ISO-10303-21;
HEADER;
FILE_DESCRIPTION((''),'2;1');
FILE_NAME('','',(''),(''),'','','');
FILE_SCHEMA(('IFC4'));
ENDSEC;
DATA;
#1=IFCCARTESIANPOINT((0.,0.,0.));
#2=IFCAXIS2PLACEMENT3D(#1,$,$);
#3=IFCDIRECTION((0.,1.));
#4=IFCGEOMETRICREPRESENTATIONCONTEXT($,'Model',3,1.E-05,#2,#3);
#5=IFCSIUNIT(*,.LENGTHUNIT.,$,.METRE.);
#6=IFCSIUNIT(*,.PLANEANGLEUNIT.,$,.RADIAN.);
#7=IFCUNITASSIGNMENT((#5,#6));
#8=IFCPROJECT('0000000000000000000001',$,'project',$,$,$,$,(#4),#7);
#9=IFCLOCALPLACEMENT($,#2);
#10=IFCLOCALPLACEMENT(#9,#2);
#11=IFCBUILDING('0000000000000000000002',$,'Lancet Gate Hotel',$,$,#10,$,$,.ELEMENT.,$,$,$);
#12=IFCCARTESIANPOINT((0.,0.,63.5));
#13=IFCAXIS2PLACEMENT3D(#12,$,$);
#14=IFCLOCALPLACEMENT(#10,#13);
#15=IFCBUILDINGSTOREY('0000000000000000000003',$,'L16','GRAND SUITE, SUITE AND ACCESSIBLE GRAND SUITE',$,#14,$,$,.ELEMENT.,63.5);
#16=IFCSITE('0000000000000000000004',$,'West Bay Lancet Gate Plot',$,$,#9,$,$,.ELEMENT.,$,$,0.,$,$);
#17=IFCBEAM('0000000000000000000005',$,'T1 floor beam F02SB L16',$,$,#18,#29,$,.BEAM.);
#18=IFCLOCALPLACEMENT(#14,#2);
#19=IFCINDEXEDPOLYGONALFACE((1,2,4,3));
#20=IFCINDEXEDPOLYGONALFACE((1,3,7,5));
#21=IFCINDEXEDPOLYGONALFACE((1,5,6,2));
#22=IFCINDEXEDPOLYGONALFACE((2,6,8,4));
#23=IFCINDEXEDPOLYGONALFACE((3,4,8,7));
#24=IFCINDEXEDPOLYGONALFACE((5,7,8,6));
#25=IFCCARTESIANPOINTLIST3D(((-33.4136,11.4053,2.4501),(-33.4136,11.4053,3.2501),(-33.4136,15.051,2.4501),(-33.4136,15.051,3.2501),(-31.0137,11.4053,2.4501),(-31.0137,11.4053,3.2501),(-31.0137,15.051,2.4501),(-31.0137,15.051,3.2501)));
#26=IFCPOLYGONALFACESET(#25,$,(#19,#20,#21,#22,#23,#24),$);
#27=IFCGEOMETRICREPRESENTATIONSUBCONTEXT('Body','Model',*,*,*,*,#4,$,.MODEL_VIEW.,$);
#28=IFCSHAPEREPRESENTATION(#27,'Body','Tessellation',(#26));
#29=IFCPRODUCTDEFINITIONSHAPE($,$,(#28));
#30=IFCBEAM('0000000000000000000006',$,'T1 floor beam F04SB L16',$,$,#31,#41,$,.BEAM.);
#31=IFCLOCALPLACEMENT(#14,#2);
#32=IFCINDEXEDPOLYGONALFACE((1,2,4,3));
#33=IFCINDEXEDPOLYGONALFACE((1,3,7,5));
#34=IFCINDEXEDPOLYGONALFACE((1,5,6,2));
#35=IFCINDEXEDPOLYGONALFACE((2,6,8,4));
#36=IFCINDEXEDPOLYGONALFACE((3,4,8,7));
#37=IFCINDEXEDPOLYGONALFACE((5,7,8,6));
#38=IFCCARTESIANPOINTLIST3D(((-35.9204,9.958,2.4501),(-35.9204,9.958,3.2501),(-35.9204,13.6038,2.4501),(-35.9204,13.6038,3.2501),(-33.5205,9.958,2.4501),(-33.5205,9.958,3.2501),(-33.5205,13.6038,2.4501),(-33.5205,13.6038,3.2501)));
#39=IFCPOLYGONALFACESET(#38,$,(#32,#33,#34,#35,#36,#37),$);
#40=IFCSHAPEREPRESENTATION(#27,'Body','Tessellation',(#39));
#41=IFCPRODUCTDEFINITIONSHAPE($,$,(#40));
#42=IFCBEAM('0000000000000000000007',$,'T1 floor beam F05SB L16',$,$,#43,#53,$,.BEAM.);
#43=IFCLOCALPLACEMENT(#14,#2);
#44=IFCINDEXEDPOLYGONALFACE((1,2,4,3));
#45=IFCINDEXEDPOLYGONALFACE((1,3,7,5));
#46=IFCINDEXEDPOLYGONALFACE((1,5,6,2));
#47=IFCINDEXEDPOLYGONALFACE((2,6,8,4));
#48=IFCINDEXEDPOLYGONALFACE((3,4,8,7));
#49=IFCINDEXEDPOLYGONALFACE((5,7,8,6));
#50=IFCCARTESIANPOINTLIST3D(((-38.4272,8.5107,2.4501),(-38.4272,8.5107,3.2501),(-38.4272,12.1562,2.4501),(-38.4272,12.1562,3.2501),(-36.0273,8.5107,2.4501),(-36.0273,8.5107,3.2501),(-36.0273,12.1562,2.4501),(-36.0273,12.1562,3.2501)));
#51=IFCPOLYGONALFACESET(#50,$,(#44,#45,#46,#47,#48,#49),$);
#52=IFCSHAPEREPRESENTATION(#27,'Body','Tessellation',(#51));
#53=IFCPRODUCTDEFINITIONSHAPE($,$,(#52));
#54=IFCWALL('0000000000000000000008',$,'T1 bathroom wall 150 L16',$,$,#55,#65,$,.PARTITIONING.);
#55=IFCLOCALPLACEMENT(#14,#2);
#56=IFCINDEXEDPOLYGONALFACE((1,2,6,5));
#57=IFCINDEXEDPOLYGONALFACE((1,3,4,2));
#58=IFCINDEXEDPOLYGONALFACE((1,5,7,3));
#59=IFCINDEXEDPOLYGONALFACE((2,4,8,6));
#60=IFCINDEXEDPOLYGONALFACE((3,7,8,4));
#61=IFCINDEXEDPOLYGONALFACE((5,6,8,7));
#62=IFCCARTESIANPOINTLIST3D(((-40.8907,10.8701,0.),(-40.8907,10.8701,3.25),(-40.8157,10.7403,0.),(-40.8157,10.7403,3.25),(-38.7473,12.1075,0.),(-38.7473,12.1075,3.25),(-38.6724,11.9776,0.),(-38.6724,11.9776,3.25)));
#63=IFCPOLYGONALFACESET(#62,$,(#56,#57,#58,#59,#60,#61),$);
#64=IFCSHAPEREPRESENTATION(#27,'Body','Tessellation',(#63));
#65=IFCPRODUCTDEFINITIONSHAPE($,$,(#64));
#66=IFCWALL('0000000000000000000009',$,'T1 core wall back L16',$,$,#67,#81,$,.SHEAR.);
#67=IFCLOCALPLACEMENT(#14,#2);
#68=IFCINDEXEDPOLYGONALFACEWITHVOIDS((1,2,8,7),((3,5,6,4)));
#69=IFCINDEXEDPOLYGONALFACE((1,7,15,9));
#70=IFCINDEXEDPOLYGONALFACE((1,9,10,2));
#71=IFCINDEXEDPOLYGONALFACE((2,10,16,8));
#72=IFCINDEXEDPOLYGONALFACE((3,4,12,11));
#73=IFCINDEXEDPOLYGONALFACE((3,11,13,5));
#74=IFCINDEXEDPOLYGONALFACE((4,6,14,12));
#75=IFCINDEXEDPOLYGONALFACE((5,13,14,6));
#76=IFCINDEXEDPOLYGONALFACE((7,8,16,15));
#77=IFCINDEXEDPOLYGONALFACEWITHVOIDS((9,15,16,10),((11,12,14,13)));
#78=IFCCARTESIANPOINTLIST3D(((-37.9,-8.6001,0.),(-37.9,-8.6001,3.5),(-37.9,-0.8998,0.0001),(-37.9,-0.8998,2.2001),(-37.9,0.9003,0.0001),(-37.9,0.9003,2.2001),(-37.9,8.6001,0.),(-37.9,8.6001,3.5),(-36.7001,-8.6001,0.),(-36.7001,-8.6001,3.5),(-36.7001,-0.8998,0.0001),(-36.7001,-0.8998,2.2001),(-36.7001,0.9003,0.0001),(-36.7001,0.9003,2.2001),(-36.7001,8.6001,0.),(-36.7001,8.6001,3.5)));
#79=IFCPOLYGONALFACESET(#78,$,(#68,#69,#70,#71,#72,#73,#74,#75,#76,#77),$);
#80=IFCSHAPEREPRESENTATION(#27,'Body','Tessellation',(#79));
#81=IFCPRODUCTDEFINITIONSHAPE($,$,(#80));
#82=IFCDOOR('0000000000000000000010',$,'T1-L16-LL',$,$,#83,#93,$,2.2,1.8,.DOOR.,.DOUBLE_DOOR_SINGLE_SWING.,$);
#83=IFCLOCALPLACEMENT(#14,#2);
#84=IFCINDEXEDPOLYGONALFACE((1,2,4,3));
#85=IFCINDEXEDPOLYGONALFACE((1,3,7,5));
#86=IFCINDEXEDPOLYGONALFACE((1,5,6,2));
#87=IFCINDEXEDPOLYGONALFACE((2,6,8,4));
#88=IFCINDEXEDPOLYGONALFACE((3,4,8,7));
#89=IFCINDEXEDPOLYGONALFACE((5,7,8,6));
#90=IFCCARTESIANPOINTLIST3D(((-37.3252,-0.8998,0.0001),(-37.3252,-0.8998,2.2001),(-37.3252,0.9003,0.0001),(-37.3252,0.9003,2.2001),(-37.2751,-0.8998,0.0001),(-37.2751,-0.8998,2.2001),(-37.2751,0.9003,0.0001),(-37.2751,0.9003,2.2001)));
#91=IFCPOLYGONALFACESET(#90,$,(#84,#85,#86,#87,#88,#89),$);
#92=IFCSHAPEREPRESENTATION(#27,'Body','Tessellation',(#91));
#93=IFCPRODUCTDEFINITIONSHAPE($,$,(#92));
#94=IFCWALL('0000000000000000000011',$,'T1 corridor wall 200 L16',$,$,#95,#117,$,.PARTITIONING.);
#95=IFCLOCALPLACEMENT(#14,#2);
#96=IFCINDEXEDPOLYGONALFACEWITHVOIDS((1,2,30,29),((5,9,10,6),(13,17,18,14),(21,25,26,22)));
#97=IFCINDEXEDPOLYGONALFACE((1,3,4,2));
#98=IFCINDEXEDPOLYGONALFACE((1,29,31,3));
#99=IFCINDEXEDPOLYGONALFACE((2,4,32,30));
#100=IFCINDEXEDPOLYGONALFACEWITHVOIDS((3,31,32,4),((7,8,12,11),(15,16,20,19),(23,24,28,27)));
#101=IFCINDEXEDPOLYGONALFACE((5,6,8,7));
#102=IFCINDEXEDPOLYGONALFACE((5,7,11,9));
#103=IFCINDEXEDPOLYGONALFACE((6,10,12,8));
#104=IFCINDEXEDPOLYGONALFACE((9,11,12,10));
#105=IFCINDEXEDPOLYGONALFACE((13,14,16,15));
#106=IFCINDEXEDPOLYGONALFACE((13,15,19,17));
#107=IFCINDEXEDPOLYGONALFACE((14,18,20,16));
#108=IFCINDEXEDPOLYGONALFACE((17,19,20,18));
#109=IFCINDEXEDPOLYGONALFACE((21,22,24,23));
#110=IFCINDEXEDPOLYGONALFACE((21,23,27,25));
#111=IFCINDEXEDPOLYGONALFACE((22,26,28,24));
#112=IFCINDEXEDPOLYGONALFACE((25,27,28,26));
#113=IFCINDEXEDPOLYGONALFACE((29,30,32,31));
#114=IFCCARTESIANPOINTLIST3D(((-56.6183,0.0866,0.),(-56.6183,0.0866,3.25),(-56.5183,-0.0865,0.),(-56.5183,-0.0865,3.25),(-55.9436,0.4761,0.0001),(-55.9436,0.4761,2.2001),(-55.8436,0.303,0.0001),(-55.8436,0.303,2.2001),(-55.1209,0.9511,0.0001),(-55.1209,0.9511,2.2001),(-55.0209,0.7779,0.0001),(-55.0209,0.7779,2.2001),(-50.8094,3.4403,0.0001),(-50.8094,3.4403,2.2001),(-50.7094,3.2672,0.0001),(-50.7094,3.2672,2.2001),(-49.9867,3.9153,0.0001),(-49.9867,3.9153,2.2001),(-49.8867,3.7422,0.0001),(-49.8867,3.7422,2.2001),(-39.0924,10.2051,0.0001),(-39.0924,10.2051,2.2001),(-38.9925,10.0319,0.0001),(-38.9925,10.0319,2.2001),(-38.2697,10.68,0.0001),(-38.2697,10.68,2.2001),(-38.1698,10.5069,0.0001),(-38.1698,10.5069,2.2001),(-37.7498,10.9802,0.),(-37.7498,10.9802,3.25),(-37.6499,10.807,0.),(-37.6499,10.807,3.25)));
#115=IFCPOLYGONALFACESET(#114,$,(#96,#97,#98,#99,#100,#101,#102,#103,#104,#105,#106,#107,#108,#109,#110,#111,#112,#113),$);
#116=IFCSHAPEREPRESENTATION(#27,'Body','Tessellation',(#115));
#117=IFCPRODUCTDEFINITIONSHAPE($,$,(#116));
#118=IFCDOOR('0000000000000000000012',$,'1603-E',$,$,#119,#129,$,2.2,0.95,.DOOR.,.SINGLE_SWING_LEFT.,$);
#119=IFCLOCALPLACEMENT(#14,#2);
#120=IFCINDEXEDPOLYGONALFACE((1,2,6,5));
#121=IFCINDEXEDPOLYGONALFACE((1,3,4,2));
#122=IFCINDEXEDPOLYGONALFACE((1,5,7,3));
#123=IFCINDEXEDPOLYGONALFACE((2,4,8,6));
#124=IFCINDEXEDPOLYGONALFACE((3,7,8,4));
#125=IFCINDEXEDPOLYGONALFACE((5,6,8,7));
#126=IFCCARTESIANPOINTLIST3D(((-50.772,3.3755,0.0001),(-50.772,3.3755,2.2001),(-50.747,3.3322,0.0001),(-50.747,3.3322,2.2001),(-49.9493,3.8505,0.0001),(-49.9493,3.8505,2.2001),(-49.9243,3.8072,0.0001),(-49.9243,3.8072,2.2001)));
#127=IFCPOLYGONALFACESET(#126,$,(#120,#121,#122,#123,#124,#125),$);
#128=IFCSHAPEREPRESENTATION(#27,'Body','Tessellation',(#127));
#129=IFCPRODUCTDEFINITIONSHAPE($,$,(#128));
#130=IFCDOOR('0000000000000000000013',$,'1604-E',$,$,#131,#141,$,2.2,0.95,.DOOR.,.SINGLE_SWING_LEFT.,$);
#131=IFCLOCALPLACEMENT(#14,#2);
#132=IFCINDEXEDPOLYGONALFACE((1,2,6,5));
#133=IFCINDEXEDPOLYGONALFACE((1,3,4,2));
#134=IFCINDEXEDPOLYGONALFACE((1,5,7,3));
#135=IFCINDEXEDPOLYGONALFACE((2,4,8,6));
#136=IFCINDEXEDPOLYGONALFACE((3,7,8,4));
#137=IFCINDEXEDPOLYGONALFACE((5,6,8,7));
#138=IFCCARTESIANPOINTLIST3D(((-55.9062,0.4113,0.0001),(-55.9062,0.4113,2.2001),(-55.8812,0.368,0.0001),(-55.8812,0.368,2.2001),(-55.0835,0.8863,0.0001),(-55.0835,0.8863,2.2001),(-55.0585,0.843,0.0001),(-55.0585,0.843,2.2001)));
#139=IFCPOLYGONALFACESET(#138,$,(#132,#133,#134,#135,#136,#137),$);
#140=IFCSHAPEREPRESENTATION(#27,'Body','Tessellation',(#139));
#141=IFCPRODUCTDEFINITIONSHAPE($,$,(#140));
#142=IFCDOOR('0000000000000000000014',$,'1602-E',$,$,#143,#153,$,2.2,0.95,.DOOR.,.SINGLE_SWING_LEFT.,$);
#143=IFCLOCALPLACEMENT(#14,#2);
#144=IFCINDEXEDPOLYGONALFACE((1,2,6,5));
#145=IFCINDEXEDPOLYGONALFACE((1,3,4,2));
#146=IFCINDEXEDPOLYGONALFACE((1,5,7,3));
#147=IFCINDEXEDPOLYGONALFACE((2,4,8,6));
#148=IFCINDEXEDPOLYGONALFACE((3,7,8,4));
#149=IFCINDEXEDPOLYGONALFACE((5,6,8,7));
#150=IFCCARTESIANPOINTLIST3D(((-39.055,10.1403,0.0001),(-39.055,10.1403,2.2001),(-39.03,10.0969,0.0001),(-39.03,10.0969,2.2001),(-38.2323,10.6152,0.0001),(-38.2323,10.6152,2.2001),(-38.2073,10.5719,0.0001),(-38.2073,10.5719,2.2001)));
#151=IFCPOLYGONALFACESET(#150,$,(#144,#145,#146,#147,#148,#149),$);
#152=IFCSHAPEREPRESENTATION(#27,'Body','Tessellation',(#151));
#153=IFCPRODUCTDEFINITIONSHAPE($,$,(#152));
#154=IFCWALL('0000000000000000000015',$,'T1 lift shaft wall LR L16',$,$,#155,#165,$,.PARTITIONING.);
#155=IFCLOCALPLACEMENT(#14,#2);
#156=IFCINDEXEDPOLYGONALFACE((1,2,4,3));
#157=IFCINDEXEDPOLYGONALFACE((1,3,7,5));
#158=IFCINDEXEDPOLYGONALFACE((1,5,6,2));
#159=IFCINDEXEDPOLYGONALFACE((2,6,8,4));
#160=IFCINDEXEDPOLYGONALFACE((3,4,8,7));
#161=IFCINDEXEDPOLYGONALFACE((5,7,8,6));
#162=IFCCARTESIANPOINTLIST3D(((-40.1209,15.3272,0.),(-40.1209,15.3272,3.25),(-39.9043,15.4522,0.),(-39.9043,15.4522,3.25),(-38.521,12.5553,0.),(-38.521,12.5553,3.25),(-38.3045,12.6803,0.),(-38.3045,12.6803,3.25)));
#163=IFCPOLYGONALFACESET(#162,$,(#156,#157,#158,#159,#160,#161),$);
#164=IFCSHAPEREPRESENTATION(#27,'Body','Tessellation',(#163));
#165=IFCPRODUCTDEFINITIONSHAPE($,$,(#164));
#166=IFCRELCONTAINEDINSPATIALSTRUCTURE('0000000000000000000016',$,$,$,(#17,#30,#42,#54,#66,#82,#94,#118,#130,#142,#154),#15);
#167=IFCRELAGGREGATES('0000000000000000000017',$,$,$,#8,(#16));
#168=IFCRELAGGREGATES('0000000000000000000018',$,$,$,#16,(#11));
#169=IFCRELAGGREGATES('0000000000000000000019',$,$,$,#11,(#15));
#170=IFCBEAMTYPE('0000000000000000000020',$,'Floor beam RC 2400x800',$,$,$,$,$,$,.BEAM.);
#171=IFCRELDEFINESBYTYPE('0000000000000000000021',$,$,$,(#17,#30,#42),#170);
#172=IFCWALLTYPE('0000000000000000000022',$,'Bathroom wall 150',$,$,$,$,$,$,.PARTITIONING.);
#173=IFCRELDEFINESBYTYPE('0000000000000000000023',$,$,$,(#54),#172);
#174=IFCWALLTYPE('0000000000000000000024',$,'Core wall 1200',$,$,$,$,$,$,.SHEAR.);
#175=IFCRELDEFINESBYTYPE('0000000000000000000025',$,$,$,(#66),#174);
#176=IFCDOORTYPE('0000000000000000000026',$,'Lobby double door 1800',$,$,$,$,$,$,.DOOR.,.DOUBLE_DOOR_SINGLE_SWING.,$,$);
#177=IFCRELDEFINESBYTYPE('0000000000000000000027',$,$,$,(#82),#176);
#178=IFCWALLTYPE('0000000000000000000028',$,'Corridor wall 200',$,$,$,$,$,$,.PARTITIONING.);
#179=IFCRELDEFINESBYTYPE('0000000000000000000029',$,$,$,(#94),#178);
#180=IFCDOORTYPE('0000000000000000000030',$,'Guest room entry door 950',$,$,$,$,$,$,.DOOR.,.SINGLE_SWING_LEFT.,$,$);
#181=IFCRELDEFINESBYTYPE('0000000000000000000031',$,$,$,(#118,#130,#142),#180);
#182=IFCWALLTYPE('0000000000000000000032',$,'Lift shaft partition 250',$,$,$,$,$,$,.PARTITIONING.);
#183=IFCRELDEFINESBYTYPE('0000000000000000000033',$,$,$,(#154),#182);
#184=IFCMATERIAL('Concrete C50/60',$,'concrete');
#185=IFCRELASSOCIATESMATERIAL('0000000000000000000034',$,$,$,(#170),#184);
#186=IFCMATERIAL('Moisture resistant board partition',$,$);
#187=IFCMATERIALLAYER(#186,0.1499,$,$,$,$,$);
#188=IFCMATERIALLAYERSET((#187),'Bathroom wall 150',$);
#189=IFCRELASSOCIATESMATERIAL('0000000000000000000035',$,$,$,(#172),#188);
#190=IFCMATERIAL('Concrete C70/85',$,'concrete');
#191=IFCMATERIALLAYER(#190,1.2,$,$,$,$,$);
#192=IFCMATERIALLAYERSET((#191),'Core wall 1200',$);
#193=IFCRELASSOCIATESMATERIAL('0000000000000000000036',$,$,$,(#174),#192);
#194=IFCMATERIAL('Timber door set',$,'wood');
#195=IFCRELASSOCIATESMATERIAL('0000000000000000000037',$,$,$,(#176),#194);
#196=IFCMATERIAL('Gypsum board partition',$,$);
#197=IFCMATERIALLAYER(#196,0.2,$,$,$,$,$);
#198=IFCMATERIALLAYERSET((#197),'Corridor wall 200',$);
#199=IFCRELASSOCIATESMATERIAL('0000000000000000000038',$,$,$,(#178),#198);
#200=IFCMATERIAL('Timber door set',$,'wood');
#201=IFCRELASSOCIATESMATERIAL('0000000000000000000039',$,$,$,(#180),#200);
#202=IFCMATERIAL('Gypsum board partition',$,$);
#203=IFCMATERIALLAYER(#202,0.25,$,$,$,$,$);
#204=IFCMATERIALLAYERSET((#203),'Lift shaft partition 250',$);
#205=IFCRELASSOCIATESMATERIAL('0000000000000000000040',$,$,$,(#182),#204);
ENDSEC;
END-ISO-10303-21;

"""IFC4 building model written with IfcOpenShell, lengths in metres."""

from ifc_helpers import new_model, si_unit, direction, frame, frame_2d, origin, origin_2d, place, context, subcontext, project, spatial, rectangle, extrude, material, layer, layer_set, material_profile, profile_set, type_object, element, fill, save


model = new_model("IFC4")

# Units and contexts
model_context = context("Model", 3, precision=1e-05, world=origin(), true_north=direction((0.0, 1.0)))
body_context = subcontext(model_context, "Body", "Model", "MODEL_VIEW")
ifc_project = project(units=[si_unit("LENGTHUNIT", "METRE"), si_unit("PLANEANGLEUNIT", "RADIAN")], contexts=[model_context])

# Site, building, storey
site_placement = place(None, origin())
site = spatial("IfcSite", under=ifc_project, at=site_placement, Name="West Bay Lancet Gate Plot", CompositionType="ELEMENT", RefElevation=0.0)
building_placement = place(site_placement, origin())
building = spatial("IfcBuilding", under=site, at=building_placement, Name="Lancet Gate Hotel", CompositionType="ELEMENT")
storey_placement = place(building_placement, frame((0.0, 0.0, 63.5)))
storey = spatial("IfcBuildingStorey", under=building, at=storey_placement, Name="L16", Description="GRAND SUITE, SUITE AND ACCESSIBLE GRAND SUITE", CompositionType="ELEMENT", Elevation=63.5)

# Beams
ifc_material_1 = material(Name="Concrete C50/60", Category="concrete")
ifc_material_profile = material_profile(ifc_material_1, rectangle(XDim=2.3999, YDim=0.8, at=origin_2d()), Name="RC 2400x800")
ifc_profile_set = profile_set([ifc_material_profile], Name="Concrete C50/60")
beam_type = type_object("IfcBeamType", Name="Floor beam RC 2400x800", PredefinedType="BEAM", material=ifc_profile_set)
for number, where, z_axis, x_axis, name in (
    (1, (-32.2136, 15.051, 2.8501), (0.0, -1.0, 0.0), (1.0, 0.0, 0.0), "T1 floor beam F02SB L16"),
    (2, (-34.7205, 13.6038, 2.8501), (0.0, -1.0, 0.0), (1.0, 0.0, 0.0), "T1 floor beam F04SB L16"),
):
    element("IfcBeam", number, at=place(storey_placement, frame(where, z_axis=z_axis, x_axis=x_axis)), inside=storey, type_object=beam_type, Name=name, PredefinedType="BEAM", context=body_context, shape_type="SweptSolid", body=[
        extrude(rectangle(XDim=2.3999, YDim=0.8, at=origin_2d()), origin(), (0.0, 0.0, 1.0), 3.6458),
    ])
beam_placement = place(storey_placement, frame((-37.2273, 12.1562, 2.8501), z_axis=(0.0, -1.0, 0.0), x_axis=(1.0, 0.0, 0.0)))
element("IfcBeam", 3, at=beam_placement, inside=storey, type_object=beam_type, Name="T1 floor beam F05SB L16", PredefinedType="BEAM", context=body_context, shape_type="SweptSolid", body=[
    extrude(rectangle(XDim=2.3999, YDim=0.8, at=origin_2d()), origin(), (0.0, 0.0, 1.0), 3.6455),
])

# Wall
ifc_material_2 = material(Name="Moisture resistant board partition")
ifc_layer_1 = layer(ifc_material_2, 0.1499)
ifc_layer_set_1 = layer_set([ifc_layer_1], Name="Bathroom wall 150")
wall_type_1 = type_object("IfcWallType", Name="Bathroom wall 150", PredefinedType="PARTITIONING", material=ifc_layer_set_1)
wall_1_placement = place(storey_placement, frame((-38.71, 12.0425, 0.0), z_axis=(0.0, 0.0, 1.0), x_axis=(-0.866049, -0.499959, 0.0)))
element("IfcWall", 4, at=wall_1_placement, inside=storey, type_object=wall_type_1, Name="T1 bathroom wall 150 L16", PredefinedType="PARTITIONING", context=body_context, shape_type="SweptSolid", body=[
    extrude(rectangle(XDim=2.4749, YDim=0.1499, at=frame_2d((1.2373, 0.0))), origin(), (0.0, 0.0, 1.0), 3.25),
])

# Wall, opening, door
ifc_material_3 = material(Name="Concrete C70/85", Category="concrete")
ifc_layer_2 = layer(ifc_material_3, 1.2)
ifc_layer_set_2 = layer_set([ifc_layer_2], Name="Core wall 1200")
wall_type_2 = type_object("IfcWallType", Name="Core wall 1200", PredefinedType="SHEAR", material=ifc_layer_set_2)
wall_2_placement = place(storey_placement, frame((-37.3, 8.6001, 0.0), z_axis=(0.0, 0.0, 1.0), x_axis=(0.0, -1.0, 0.0)))
wall_2 = element("IfcWall", 5, at=wall_2_placement, inside=storey, type_object=wall_type_2, Name="T1 core wall back L16", PredefinedType="SHEAR", context=body_context, shape_type="SweptSolid", body=[
    extrude(rectangle(XDim=17.2002, YDim=1.2, at=frame_2d((8.6001, 0.0))), origin(), (0.0, 0.0, 1.0), 3.5),
])
opening_1_placement = place(wall_2_placement, frame((7.7, 0.0, 0.0)))
opening_1 = element("IfcOpeningElement", 6, at=opening_1_placement, cuts=wall_2, PredefinedType="OPENING", context=body_context, shape_type="SweptSolid", body=[
    extrude(rectangle(XDim=1.8, YDim=2.2, at=frame_2d((0.8999, 1.1001))), frame((0.0, 0.6099, 0.0), z_axis=(0.0, -1.0, 0.0), x_axis=(1.0, 0.0, 0.0)), (0.0, 0.0, 1.0), 1.22),
])
ifc_material_4 = material(Name="Timber door set", Category="wood")
door_type_1 = type_object("IfcDoorType", Name="Lobby double door 1800", OperationType="DOUBLE_DOOR_SINGLE_SWING", PredefinedType="DOOR", material=ifc_material_4)
door_1_placement = place(opening_1_placement, origin())
door_1 = element("IfcDoor", 7, at=door_1_placement, inside=storey, type_object=door_type_1, Name="T1-L16-LL", OperationType="DOUBLE_DOOR_SINGLE_SWING", OverallHeight=2.2, OverallWidth=1.8, PredefinedType="DOOR", context=body_context, shape_type="SweptSolid", body=[
    extrude(rectangle(XDim=1.8, YDim=2.2, at=frame_2d((0.8999, 1.1001))), frame((0.0, 0.0249, 0.0), z_axis=(0.0, -1.0, 0.0), x_axis=(1.0, 0.0, 0.0)), (0.0, 0.0, 1.0), 0.05),
])
fill(opening_1, door_1)

# Wall, openings, doors
ifc_material_5 = material(Name="Gypsum board partition")
ifc_layer_3 = layer(ifc_material_5, 0.2)
ifc_layer_set_3 = layer_set([ifc_layer_3], Name="Corridor wall 200")
wall_type_3 = type_object("IfcWallType", Name="Corridor wall 200", PredefinedType="PARTITIONING", material=ifc_layer_set_3)
wall_3_placement = place(storey_placement, frame((-37.7, 10.8936, 0.0), z_axis=(0.0, 0.0, 1.0), x_axis=(-0.866028, -0.499996, 0.0)))
wall_3 = element("IfcWall", 8, at=wall_3_placement, inside=storey, type_object=wall_type_3, Name="T1 corridor wall 200 L16", PredefinedType="PARTITIONING", context=body_context, shape_type="SweptSolid", body=[
    extrude(rectangle(XDim=21.7874, YDim=0.2, at=frame_2d((10.8936, 0.0))), origin(), (0.0, 0.0, 1.0), 3.25),
])
opening_2_placement = place(wall_3_placement, frame((14.1296, 0.0, 0.0)))
opening_2 = element("IfcOpeningElement", 9, at=opening_2_placement, cuts=wall_3, PredefinedType="OPENING", context=body_context, shape_type="SweptSolid", body=[
    extrude(rectangle(XDim=0.95, YDim=2.2, at=frame_2d((0.4751, 1.1001))), frame((0.0, 0.1099, 0.0), z_axis=(0.0, -1.0, 0.0), x_axis=(1.0, 0.0, 0.0)), (0.0, 0.0, 1.0), 0.22),
])
opening_3_placement = place(wall_3_placement, frame((20.0581, 0.0, 0.0)))
opening_3 = element("IfcOpeningElement", 10, at=opening_3_placement, cuts=wall_3, PredefinedType="OPENING", context=body_context, shape_type="SweptSolid", body=[
    extrude(rectangle(XDim=0.95, YDim=2.2, at=frame_2d((0.4751, 1.1001))), frame((0.0, 0.1099, 0.0), z_axis=(0.0, -1.0, 0.0), x_axis=(1.0, 0.0, 0.0)), (0.0, 0.0, 1.0), 0.22),
])
opening_4_placement = place(wall_3_placement, frame((0.6001, 0.0, 0.0)))
opening_4 = element("IfcOpeningElement", 11, at=opening_4_placement, cuts=wall_3, PredefinedType="OPENING", context=body_context, shape_type="SweptSolid", body=[
    extrude(rectangle(XDim=0.95, YDim=2.2, at=frame_2d((0.4751, 1.1001))), frame((0.0, 0.1099, 0.0), z_axis=(0.0, -1.0, 0.0), x_axis=(1.0, 0.0, 0.0)), (0.0, 0.0, 1.0), 0.22),
])
ifc_material_6 = material(Name="Timber door set", Category="wood")
door_type_2 = type_object("IfcDoorType", Name="Guest room entry door 950", OperationType="SINGLE_SWING_LEFT", PredefinedType="DOOR", material=ifc_material_6)
door_2_placement = place(opening_2_placement, origin())
door_2 = element("IfcDoor", 12, at=door_2_placement, inside=storey, type_object=door_type_2, Name="1603-E", OperationType="SINGLE_SWING_LEFT", OverallHeight=2.2, OverallWidth=0.95, PredefinedType="DOOR", context=body_context, shape_type="SweptSolid", body=[
    extrude(rectangle(XDim=0.95, YDim=2.2, at=frame_2d((0.4751, 1.1001))), frame((0.0, 0.0249, 0.0), z_axis=(0.0, -1.0, 0.0), x_axis=(1.0, 0.0, 0.0)), (0.0, 0.0, 1.0), 0.05),
])
fill(opening_2, door_2)
door_3_placement = place(opening_3_placement, origin())
door_3 = element("IfcDoor", 13, at=door_3_placement, inside=storey, type_object=door_type_2, Name="1604-E", OperationType="SINGLE_SWING_LEFT", OverallHeight=2.2, OverallWidth=0.95, PredefinedType="DOOR", context=body_context, shape_type="SweptSolid", body=[
    extrude(rectangle(XDim=0.95, YDim=2.2, at=frame_2d((0.4751, 1.1001))), frame((0.0, 0.0249, 0.0), z_axis=(0.0, -1.0, 0.0), x_axis=(1.0, 0.0, 0.0)), (0.0, 0.0, 1.0), 0.05),
])
fill(opening_3, door_3)
door_4_placement = place(opening_4_placement, origin())
door_4 = element("IfcDoor", 14, at=door_4_placement, inside=storey, type_object=door_type_2, Name="1602-E", OperationType="SINGLE_SWING_LEFT", OverallHeight=2.2, OverallWidth=0.95, PredefinedType="DOOR", context=body_context, shape_type="SweptSolid", body=[
    extrude(rectangle(XDim=0.95, YDim=2.2, at=frame_2d((0.4751, 1.1001))), frame((0.0, 0.0249, 0.0), z_axis=(0.0, -1.0, 0.0), x_axis=(1.0, 0.0, 0.0)), (0.0, 0.0, 1.0), 0.05),
])
fill(opening_4, door_4)

# Wall
ifc_material_7 = material(Name="Gypsum board partition")
ifc_layer_4 = layer(ifc_material_7, 0.25)
ifc_layer_set_4 = layer_set([ifc_layer_4], Name="Lift shaft partition 250")
wall_type_4 = type_object("IfcWallType", Name="Lift shaft partition 250", PredefinedType="PARTITIONING", material=ifc_layer_set_4)
wall_4_placement = place(storey_placement, frame((-38.4128, 12.6179, 0.0), z_axis=(0.0, 0.0, 1.0), x_axis=(-0.499872, 0.866099, 0.0)))
element("IfcWall", 15, at=wall_4_placement, inside=storey, type_object=wall_type_4, Name="T1 lift shaft wall LR L16", PredefinedType="PARTITIONING", context=body_context, shape_type="SweptSolid", body=[
    extrude(rectangle(XDim=3.2004, YDim=0.25, at=frame_2d((1.6001, 0.0))), origin(), (0.0, 0.0, 1.0), 3.25),
])

save(model, "model.ifc")
